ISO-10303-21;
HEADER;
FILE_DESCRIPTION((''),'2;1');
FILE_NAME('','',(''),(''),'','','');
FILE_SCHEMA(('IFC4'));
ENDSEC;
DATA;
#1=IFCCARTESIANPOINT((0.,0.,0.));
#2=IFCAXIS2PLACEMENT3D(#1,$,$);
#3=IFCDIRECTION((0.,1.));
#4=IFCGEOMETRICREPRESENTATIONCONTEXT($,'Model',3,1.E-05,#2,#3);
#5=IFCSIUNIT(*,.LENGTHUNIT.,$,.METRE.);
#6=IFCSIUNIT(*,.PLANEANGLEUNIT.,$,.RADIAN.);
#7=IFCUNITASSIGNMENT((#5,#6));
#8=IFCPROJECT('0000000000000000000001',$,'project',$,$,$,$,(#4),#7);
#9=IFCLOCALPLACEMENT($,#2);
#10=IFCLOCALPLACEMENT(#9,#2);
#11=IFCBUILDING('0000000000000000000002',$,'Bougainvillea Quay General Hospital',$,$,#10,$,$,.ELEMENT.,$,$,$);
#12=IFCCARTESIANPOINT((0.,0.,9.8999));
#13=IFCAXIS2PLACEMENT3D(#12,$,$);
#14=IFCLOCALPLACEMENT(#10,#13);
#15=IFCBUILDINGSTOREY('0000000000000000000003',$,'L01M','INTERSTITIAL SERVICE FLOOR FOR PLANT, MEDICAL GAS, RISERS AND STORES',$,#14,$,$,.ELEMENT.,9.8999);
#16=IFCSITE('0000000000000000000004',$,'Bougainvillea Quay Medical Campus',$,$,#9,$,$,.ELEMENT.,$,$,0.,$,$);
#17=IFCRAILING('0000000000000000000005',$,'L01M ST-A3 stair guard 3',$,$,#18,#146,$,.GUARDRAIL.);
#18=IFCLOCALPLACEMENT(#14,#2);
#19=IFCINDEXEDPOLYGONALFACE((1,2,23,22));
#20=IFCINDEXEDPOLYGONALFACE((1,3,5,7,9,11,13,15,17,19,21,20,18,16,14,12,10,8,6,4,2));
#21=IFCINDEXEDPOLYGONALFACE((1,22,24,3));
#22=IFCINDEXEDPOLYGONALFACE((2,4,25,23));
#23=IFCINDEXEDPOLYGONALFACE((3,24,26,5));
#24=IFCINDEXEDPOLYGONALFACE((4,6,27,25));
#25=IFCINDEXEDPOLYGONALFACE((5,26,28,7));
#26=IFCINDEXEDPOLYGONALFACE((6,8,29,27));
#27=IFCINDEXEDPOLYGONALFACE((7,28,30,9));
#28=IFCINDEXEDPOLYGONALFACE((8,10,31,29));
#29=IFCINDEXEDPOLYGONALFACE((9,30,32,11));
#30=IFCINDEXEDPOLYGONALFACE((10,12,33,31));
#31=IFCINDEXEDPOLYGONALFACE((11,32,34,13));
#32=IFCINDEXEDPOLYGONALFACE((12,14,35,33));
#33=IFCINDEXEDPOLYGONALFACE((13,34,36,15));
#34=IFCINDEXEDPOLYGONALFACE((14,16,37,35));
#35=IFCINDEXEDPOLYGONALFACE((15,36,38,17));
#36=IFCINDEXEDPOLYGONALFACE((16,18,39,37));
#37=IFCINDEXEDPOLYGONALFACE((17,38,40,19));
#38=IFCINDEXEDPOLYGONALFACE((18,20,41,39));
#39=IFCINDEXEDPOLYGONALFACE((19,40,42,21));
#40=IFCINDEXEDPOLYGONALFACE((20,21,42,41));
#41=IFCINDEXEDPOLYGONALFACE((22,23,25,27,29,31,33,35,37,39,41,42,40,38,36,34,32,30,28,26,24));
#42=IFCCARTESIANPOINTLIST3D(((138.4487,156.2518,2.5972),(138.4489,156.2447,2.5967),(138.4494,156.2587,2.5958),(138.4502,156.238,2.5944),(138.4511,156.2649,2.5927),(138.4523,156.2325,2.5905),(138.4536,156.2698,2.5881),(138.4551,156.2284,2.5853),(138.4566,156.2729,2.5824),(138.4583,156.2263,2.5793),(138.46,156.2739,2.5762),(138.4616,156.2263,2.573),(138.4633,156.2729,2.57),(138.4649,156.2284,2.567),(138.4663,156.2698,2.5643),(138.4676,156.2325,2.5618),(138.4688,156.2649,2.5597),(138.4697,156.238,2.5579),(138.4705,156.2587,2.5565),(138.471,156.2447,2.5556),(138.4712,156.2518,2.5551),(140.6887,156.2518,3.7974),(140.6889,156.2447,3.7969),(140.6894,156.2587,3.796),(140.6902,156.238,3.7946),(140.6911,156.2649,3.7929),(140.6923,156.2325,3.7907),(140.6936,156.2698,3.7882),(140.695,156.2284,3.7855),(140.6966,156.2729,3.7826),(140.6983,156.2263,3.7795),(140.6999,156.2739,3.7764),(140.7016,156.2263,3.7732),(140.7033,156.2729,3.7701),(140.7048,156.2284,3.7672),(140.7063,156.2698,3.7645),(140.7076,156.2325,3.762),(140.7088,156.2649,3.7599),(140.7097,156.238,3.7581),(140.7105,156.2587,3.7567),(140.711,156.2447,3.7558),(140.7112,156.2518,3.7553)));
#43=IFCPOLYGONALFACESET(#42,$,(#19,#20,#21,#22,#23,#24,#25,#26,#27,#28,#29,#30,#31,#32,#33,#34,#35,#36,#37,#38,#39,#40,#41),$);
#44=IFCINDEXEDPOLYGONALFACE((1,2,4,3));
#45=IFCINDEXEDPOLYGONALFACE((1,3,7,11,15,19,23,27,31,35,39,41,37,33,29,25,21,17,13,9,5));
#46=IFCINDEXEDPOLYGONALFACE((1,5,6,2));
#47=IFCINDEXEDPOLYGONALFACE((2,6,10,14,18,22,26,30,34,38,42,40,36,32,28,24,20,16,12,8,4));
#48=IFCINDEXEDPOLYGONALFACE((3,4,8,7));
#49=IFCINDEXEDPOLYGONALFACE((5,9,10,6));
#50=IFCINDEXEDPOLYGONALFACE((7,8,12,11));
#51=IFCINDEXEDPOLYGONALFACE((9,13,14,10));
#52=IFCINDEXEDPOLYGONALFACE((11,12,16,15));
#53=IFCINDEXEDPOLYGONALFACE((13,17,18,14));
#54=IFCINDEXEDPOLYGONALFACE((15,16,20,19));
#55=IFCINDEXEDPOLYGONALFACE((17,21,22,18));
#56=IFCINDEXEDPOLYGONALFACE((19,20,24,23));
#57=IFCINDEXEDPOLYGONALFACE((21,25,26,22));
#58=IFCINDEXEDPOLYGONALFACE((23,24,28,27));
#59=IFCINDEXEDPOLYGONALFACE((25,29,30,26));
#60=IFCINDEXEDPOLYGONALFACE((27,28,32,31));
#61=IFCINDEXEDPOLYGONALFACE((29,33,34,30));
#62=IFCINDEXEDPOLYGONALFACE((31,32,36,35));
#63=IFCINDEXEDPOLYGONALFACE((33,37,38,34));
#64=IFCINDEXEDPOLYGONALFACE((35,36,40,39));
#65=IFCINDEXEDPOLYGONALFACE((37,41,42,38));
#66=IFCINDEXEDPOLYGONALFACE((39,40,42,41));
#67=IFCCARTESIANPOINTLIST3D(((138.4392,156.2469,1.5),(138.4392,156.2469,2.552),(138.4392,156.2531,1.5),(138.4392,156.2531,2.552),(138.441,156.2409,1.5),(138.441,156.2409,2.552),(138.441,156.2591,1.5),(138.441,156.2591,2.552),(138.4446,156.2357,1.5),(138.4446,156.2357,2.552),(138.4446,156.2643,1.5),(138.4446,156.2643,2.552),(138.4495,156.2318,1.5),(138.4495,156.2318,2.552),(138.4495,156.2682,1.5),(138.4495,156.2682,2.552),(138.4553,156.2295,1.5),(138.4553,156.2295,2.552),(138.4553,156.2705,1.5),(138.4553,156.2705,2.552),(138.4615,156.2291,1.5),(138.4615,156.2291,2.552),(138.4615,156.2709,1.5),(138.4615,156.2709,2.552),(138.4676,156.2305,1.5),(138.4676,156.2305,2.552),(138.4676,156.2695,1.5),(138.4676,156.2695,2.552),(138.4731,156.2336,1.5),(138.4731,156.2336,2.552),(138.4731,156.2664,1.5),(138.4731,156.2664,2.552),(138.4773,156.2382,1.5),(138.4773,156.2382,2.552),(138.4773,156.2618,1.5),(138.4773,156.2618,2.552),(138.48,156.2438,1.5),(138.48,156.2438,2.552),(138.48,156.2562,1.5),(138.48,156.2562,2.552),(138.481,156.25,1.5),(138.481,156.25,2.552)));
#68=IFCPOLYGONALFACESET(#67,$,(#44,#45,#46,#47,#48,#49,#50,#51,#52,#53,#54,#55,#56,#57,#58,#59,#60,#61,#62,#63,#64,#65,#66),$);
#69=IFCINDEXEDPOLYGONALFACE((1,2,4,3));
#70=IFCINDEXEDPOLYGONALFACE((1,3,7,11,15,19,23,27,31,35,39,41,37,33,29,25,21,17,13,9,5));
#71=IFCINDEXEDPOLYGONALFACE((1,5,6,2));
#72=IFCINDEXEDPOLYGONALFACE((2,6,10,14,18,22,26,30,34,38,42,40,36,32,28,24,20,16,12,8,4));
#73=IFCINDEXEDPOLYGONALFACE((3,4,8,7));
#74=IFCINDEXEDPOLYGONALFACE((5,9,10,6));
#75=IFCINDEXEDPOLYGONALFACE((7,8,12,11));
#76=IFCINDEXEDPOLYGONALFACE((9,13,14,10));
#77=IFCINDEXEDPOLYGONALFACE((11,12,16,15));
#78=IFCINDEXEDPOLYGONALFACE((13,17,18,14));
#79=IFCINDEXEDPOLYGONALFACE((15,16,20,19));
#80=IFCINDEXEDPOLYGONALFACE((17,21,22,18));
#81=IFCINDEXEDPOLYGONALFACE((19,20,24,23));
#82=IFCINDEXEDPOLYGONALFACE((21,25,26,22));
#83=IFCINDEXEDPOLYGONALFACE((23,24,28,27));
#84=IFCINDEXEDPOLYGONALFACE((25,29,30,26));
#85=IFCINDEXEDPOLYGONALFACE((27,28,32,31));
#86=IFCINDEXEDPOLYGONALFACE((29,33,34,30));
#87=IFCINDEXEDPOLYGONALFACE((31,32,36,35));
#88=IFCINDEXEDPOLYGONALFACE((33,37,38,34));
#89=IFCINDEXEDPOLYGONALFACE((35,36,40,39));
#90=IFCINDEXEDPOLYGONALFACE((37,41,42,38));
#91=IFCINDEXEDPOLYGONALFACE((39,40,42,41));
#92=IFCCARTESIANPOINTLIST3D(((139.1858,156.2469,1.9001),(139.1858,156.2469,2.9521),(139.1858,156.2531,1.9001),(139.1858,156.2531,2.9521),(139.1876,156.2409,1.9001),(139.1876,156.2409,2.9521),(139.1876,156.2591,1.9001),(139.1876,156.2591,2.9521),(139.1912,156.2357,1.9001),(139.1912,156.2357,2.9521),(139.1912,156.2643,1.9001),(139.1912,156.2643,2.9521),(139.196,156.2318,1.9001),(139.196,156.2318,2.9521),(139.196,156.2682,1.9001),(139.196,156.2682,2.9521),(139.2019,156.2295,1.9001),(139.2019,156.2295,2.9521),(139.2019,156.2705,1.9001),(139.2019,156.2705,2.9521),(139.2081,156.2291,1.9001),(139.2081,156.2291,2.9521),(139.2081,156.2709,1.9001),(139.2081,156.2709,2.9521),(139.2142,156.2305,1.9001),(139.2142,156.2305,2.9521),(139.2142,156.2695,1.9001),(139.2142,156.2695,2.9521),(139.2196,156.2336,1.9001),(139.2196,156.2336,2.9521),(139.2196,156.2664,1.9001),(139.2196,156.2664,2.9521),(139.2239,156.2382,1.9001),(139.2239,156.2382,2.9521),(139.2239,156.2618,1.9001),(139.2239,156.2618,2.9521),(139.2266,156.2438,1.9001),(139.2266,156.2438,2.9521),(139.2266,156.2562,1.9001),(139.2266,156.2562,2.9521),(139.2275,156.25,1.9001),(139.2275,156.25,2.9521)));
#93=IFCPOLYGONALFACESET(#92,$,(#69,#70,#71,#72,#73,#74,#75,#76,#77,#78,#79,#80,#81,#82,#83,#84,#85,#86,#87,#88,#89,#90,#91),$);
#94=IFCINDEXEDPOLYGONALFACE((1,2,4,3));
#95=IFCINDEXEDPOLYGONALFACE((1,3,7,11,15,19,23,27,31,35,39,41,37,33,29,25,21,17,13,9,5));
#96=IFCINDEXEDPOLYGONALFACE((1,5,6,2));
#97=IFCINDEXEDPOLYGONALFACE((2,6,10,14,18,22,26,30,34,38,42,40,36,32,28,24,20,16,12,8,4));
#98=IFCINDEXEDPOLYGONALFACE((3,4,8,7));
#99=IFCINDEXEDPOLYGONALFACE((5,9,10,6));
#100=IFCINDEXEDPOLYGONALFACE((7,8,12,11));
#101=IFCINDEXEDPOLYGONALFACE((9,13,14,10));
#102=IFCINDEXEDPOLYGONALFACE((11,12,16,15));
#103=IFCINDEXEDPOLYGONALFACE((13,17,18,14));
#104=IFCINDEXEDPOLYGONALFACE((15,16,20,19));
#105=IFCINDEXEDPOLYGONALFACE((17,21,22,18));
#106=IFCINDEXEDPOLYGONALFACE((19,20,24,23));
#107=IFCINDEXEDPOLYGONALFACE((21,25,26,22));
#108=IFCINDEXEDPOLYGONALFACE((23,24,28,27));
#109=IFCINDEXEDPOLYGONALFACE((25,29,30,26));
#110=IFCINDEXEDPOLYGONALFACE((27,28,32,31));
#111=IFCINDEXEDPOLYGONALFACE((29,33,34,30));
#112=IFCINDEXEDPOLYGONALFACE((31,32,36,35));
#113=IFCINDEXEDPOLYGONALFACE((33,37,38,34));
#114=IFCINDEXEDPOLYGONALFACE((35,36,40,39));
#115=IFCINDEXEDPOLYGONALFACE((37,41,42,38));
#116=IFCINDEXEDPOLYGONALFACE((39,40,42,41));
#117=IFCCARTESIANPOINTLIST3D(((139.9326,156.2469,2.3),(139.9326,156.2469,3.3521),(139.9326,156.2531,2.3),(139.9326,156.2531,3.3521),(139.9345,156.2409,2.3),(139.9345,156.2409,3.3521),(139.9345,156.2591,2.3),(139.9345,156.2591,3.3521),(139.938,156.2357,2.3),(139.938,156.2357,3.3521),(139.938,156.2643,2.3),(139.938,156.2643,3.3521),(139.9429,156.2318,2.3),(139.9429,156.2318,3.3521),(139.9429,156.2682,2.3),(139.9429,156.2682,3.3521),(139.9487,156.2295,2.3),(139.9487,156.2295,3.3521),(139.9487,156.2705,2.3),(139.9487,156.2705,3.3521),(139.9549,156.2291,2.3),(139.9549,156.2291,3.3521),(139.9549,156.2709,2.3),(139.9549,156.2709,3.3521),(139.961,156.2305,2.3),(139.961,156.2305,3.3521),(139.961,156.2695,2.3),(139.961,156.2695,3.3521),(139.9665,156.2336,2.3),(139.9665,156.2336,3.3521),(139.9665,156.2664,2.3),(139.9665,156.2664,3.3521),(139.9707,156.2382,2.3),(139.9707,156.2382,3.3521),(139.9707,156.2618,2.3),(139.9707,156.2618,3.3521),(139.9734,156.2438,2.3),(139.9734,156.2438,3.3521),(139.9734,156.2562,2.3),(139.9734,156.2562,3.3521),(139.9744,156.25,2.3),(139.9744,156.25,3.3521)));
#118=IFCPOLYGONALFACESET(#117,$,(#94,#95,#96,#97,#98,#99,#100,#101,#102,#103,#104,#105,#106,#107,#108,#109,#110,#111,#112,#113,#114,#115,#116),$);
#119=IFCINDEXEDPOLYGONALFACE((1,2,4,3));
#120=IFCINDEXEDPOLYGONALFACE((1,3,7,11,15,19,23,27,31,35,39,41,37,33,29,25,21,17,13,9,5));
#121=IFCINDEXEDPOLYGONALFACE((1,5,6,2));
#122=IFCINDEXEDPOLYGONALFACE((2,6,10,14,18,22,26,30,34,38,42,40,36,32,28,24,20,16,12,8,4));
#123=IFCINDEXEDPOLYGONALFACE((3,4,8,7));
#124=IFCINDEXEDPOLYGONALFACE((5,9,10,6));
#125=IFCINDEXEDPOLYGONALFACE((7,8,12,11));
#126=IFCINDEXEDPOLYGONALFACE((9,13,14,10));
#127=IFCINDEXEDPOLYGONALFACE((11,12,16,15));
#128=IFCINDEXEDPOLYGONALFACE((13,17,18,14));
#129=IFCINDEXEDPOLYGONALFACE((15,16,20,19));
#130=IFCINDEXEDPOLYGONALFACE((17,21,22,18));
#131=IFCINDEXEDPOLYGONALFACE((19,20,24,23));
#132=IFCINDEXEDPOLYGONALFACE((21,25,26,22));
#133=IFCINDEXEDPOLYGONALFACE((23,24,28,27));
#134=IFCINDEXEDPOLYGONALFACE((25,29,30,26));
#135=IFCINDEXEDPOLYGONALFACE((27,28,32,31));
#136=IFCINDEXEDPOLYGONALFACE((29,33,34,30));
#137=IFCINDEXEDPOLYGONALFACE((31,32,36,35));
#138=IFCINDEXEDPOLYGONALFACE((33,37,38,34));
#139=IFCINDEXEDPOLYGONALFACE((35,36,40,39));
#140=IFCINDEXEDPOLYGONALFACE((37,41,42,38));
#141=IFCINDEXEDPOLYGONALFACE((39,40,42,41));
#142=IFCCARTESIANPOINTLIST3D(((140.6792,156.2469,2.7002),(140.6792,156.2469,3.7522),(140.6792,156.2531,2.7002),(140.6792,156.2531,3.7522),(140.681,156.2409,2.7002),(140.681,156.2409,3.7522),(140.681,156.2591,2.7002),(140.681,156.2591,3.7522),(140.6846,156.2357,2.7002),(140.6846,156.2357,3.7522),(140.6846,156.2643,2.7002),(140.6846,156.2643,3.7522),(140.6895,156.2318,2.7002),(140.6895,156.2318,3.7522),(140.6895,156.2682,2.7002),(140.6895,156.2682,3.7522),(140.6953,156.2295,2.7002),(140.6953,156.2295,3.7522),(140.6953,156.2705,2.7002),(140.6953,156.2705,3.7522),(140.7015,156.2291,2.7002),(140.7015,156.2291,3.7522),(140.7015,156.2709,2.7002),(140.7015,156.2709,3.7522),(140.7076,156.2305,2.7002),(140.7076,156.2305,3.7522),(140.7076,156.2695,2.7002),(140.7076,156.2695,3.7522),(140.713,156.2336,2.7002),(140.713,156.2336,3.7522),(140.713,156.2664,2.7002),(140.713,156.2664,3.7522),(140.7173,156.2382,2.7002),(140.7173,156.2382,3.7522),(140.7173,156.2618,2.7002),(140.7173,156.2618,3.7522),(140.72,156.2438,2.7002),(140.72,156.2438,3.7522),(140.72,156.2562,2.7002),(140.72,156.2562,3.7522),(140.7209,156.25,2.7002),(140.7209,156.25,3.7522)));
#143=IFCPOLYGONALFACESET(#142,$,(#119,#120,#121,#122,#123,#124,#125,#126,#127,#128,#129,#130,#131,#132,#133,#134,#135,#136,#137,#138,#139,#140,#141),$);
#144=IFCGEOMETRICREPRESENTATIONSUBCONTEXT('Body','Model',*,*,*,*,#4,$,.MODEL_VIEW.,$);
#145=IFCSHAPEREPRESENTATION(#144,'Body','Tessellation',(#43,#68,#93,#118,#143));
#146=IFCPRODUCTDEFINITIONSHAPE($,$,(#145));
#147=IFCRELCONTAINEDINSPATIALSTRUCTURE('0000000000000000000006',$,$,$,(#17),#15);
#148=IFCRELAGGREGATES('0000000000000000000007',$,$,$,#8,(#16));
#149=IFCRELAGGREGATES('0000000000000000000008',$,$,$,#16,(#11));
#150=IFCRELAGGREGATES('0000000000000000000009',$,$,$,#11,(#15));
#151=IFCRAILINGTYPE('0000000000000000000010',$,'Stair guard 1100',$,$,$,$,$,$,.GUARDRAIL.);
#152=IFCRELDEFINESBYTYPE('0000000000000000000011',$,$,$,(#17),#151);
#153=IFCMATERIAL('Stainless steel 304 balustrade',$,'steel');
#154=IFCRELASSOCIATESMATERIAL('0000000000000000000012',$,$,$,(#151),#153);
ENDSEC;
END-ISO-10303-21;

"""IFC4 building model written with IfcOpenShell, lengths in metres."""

from ifc_helpers import new_model, si_unit, direction, frame, origin, origin_2d, place, context, subcontext, project, spatial, circle, extrude, material, type_object, element, save


model = new_model("IFC4")

# Units and contexts
model_context = context("Model", 3, precision=1e-05, world=origin(), true_north=direction((0.0, 1.0)))
body_context = subcontext(model_context, "Body", "Model", "MODEL_VIEW")
ifc_project = project(units=[si_unit("LENGTHUNIT", "METRE"), si_unit("PLANEANGLEUNIT", "RADIAN")], contexts=[model_context])

# Site, building, storey
site_placement = place(None, origin())
site = spatial("IfcSite", under=ifc_project, at=site_placement, Name="Bougainvillea Quay Medical Campus", CompositionType="ELEMENT", RefElevation=0.0)
building_placement = place(site_placement, origin())
building = spatial("IfcBuilding", under=site, at=building_placement, Name="Bougainvillea Quay General Hospital", CompositionType="ELEMENT")
storey_placement = place(building_placement, frame((0.0, 0.0, 9.8999)))
storey = spatial("IfcBuildingStorey", under=building, at=storey_placement, Name="L01M", Description="INTERSTITIAL SERVICE FLOOR FOR PLANT, MEDICAL GAS, RISERS AND STORES", CompositionType="ELEMENT", Elevation=9.8999)

# Railing
ifc_material_1 = material(Name="Stainless steel 304 balustrade", Category="steel")
railing_type_1 = type_object("IfcRailingType", Name="Stair guard 1100", PredefinedType="GUARDRAIL", material=ifc_material_1)
railing_1_placement = place(storey_placement, frame((138.46, 156.25, 1.5)))
element("IfcRailing", 1, at=railing_1_placement, inside=storey, type_object=railing_type_1, Name="L01M ST-A3 stair guard 3", PredefinedType="GUARDRAIL", context=body_context, shape_type="SweptSolid", body=[
    extrude(circle(Radius=0.0239, at=origin_2d()), frame((0.0, 0.0, 1.0762), z_axis=(0.881447, 0.0, 0.472283), x_axis=(0.0, 1.0, 0.0)), (0.0, 0.0, 1.0), 2.5413),
    extrude(circle(Radius=0.021, at=origin_2d()), origin(), (0.0, 0.0, 1.0), 1.052),
    extrude(circle(Radius=0.021, at=origin_2d()), frame((0.7466, 0.0, 0.4001)), (0.0, 0.0, 1.0), 1.052),
    extrude(circle(Radius=0.021, at=origin_2d()), frame((1.4934, 0.0, 0.8)), (0.0, 0.0, 1.0), 1.052),
    extrude(circle(Radius=0.021, at=origin_2d()), frame((2.24, 0.0, 1.2002)), (0.0, 0.0, 1.0), 1.052),
])

save(model, "model.ifc")
